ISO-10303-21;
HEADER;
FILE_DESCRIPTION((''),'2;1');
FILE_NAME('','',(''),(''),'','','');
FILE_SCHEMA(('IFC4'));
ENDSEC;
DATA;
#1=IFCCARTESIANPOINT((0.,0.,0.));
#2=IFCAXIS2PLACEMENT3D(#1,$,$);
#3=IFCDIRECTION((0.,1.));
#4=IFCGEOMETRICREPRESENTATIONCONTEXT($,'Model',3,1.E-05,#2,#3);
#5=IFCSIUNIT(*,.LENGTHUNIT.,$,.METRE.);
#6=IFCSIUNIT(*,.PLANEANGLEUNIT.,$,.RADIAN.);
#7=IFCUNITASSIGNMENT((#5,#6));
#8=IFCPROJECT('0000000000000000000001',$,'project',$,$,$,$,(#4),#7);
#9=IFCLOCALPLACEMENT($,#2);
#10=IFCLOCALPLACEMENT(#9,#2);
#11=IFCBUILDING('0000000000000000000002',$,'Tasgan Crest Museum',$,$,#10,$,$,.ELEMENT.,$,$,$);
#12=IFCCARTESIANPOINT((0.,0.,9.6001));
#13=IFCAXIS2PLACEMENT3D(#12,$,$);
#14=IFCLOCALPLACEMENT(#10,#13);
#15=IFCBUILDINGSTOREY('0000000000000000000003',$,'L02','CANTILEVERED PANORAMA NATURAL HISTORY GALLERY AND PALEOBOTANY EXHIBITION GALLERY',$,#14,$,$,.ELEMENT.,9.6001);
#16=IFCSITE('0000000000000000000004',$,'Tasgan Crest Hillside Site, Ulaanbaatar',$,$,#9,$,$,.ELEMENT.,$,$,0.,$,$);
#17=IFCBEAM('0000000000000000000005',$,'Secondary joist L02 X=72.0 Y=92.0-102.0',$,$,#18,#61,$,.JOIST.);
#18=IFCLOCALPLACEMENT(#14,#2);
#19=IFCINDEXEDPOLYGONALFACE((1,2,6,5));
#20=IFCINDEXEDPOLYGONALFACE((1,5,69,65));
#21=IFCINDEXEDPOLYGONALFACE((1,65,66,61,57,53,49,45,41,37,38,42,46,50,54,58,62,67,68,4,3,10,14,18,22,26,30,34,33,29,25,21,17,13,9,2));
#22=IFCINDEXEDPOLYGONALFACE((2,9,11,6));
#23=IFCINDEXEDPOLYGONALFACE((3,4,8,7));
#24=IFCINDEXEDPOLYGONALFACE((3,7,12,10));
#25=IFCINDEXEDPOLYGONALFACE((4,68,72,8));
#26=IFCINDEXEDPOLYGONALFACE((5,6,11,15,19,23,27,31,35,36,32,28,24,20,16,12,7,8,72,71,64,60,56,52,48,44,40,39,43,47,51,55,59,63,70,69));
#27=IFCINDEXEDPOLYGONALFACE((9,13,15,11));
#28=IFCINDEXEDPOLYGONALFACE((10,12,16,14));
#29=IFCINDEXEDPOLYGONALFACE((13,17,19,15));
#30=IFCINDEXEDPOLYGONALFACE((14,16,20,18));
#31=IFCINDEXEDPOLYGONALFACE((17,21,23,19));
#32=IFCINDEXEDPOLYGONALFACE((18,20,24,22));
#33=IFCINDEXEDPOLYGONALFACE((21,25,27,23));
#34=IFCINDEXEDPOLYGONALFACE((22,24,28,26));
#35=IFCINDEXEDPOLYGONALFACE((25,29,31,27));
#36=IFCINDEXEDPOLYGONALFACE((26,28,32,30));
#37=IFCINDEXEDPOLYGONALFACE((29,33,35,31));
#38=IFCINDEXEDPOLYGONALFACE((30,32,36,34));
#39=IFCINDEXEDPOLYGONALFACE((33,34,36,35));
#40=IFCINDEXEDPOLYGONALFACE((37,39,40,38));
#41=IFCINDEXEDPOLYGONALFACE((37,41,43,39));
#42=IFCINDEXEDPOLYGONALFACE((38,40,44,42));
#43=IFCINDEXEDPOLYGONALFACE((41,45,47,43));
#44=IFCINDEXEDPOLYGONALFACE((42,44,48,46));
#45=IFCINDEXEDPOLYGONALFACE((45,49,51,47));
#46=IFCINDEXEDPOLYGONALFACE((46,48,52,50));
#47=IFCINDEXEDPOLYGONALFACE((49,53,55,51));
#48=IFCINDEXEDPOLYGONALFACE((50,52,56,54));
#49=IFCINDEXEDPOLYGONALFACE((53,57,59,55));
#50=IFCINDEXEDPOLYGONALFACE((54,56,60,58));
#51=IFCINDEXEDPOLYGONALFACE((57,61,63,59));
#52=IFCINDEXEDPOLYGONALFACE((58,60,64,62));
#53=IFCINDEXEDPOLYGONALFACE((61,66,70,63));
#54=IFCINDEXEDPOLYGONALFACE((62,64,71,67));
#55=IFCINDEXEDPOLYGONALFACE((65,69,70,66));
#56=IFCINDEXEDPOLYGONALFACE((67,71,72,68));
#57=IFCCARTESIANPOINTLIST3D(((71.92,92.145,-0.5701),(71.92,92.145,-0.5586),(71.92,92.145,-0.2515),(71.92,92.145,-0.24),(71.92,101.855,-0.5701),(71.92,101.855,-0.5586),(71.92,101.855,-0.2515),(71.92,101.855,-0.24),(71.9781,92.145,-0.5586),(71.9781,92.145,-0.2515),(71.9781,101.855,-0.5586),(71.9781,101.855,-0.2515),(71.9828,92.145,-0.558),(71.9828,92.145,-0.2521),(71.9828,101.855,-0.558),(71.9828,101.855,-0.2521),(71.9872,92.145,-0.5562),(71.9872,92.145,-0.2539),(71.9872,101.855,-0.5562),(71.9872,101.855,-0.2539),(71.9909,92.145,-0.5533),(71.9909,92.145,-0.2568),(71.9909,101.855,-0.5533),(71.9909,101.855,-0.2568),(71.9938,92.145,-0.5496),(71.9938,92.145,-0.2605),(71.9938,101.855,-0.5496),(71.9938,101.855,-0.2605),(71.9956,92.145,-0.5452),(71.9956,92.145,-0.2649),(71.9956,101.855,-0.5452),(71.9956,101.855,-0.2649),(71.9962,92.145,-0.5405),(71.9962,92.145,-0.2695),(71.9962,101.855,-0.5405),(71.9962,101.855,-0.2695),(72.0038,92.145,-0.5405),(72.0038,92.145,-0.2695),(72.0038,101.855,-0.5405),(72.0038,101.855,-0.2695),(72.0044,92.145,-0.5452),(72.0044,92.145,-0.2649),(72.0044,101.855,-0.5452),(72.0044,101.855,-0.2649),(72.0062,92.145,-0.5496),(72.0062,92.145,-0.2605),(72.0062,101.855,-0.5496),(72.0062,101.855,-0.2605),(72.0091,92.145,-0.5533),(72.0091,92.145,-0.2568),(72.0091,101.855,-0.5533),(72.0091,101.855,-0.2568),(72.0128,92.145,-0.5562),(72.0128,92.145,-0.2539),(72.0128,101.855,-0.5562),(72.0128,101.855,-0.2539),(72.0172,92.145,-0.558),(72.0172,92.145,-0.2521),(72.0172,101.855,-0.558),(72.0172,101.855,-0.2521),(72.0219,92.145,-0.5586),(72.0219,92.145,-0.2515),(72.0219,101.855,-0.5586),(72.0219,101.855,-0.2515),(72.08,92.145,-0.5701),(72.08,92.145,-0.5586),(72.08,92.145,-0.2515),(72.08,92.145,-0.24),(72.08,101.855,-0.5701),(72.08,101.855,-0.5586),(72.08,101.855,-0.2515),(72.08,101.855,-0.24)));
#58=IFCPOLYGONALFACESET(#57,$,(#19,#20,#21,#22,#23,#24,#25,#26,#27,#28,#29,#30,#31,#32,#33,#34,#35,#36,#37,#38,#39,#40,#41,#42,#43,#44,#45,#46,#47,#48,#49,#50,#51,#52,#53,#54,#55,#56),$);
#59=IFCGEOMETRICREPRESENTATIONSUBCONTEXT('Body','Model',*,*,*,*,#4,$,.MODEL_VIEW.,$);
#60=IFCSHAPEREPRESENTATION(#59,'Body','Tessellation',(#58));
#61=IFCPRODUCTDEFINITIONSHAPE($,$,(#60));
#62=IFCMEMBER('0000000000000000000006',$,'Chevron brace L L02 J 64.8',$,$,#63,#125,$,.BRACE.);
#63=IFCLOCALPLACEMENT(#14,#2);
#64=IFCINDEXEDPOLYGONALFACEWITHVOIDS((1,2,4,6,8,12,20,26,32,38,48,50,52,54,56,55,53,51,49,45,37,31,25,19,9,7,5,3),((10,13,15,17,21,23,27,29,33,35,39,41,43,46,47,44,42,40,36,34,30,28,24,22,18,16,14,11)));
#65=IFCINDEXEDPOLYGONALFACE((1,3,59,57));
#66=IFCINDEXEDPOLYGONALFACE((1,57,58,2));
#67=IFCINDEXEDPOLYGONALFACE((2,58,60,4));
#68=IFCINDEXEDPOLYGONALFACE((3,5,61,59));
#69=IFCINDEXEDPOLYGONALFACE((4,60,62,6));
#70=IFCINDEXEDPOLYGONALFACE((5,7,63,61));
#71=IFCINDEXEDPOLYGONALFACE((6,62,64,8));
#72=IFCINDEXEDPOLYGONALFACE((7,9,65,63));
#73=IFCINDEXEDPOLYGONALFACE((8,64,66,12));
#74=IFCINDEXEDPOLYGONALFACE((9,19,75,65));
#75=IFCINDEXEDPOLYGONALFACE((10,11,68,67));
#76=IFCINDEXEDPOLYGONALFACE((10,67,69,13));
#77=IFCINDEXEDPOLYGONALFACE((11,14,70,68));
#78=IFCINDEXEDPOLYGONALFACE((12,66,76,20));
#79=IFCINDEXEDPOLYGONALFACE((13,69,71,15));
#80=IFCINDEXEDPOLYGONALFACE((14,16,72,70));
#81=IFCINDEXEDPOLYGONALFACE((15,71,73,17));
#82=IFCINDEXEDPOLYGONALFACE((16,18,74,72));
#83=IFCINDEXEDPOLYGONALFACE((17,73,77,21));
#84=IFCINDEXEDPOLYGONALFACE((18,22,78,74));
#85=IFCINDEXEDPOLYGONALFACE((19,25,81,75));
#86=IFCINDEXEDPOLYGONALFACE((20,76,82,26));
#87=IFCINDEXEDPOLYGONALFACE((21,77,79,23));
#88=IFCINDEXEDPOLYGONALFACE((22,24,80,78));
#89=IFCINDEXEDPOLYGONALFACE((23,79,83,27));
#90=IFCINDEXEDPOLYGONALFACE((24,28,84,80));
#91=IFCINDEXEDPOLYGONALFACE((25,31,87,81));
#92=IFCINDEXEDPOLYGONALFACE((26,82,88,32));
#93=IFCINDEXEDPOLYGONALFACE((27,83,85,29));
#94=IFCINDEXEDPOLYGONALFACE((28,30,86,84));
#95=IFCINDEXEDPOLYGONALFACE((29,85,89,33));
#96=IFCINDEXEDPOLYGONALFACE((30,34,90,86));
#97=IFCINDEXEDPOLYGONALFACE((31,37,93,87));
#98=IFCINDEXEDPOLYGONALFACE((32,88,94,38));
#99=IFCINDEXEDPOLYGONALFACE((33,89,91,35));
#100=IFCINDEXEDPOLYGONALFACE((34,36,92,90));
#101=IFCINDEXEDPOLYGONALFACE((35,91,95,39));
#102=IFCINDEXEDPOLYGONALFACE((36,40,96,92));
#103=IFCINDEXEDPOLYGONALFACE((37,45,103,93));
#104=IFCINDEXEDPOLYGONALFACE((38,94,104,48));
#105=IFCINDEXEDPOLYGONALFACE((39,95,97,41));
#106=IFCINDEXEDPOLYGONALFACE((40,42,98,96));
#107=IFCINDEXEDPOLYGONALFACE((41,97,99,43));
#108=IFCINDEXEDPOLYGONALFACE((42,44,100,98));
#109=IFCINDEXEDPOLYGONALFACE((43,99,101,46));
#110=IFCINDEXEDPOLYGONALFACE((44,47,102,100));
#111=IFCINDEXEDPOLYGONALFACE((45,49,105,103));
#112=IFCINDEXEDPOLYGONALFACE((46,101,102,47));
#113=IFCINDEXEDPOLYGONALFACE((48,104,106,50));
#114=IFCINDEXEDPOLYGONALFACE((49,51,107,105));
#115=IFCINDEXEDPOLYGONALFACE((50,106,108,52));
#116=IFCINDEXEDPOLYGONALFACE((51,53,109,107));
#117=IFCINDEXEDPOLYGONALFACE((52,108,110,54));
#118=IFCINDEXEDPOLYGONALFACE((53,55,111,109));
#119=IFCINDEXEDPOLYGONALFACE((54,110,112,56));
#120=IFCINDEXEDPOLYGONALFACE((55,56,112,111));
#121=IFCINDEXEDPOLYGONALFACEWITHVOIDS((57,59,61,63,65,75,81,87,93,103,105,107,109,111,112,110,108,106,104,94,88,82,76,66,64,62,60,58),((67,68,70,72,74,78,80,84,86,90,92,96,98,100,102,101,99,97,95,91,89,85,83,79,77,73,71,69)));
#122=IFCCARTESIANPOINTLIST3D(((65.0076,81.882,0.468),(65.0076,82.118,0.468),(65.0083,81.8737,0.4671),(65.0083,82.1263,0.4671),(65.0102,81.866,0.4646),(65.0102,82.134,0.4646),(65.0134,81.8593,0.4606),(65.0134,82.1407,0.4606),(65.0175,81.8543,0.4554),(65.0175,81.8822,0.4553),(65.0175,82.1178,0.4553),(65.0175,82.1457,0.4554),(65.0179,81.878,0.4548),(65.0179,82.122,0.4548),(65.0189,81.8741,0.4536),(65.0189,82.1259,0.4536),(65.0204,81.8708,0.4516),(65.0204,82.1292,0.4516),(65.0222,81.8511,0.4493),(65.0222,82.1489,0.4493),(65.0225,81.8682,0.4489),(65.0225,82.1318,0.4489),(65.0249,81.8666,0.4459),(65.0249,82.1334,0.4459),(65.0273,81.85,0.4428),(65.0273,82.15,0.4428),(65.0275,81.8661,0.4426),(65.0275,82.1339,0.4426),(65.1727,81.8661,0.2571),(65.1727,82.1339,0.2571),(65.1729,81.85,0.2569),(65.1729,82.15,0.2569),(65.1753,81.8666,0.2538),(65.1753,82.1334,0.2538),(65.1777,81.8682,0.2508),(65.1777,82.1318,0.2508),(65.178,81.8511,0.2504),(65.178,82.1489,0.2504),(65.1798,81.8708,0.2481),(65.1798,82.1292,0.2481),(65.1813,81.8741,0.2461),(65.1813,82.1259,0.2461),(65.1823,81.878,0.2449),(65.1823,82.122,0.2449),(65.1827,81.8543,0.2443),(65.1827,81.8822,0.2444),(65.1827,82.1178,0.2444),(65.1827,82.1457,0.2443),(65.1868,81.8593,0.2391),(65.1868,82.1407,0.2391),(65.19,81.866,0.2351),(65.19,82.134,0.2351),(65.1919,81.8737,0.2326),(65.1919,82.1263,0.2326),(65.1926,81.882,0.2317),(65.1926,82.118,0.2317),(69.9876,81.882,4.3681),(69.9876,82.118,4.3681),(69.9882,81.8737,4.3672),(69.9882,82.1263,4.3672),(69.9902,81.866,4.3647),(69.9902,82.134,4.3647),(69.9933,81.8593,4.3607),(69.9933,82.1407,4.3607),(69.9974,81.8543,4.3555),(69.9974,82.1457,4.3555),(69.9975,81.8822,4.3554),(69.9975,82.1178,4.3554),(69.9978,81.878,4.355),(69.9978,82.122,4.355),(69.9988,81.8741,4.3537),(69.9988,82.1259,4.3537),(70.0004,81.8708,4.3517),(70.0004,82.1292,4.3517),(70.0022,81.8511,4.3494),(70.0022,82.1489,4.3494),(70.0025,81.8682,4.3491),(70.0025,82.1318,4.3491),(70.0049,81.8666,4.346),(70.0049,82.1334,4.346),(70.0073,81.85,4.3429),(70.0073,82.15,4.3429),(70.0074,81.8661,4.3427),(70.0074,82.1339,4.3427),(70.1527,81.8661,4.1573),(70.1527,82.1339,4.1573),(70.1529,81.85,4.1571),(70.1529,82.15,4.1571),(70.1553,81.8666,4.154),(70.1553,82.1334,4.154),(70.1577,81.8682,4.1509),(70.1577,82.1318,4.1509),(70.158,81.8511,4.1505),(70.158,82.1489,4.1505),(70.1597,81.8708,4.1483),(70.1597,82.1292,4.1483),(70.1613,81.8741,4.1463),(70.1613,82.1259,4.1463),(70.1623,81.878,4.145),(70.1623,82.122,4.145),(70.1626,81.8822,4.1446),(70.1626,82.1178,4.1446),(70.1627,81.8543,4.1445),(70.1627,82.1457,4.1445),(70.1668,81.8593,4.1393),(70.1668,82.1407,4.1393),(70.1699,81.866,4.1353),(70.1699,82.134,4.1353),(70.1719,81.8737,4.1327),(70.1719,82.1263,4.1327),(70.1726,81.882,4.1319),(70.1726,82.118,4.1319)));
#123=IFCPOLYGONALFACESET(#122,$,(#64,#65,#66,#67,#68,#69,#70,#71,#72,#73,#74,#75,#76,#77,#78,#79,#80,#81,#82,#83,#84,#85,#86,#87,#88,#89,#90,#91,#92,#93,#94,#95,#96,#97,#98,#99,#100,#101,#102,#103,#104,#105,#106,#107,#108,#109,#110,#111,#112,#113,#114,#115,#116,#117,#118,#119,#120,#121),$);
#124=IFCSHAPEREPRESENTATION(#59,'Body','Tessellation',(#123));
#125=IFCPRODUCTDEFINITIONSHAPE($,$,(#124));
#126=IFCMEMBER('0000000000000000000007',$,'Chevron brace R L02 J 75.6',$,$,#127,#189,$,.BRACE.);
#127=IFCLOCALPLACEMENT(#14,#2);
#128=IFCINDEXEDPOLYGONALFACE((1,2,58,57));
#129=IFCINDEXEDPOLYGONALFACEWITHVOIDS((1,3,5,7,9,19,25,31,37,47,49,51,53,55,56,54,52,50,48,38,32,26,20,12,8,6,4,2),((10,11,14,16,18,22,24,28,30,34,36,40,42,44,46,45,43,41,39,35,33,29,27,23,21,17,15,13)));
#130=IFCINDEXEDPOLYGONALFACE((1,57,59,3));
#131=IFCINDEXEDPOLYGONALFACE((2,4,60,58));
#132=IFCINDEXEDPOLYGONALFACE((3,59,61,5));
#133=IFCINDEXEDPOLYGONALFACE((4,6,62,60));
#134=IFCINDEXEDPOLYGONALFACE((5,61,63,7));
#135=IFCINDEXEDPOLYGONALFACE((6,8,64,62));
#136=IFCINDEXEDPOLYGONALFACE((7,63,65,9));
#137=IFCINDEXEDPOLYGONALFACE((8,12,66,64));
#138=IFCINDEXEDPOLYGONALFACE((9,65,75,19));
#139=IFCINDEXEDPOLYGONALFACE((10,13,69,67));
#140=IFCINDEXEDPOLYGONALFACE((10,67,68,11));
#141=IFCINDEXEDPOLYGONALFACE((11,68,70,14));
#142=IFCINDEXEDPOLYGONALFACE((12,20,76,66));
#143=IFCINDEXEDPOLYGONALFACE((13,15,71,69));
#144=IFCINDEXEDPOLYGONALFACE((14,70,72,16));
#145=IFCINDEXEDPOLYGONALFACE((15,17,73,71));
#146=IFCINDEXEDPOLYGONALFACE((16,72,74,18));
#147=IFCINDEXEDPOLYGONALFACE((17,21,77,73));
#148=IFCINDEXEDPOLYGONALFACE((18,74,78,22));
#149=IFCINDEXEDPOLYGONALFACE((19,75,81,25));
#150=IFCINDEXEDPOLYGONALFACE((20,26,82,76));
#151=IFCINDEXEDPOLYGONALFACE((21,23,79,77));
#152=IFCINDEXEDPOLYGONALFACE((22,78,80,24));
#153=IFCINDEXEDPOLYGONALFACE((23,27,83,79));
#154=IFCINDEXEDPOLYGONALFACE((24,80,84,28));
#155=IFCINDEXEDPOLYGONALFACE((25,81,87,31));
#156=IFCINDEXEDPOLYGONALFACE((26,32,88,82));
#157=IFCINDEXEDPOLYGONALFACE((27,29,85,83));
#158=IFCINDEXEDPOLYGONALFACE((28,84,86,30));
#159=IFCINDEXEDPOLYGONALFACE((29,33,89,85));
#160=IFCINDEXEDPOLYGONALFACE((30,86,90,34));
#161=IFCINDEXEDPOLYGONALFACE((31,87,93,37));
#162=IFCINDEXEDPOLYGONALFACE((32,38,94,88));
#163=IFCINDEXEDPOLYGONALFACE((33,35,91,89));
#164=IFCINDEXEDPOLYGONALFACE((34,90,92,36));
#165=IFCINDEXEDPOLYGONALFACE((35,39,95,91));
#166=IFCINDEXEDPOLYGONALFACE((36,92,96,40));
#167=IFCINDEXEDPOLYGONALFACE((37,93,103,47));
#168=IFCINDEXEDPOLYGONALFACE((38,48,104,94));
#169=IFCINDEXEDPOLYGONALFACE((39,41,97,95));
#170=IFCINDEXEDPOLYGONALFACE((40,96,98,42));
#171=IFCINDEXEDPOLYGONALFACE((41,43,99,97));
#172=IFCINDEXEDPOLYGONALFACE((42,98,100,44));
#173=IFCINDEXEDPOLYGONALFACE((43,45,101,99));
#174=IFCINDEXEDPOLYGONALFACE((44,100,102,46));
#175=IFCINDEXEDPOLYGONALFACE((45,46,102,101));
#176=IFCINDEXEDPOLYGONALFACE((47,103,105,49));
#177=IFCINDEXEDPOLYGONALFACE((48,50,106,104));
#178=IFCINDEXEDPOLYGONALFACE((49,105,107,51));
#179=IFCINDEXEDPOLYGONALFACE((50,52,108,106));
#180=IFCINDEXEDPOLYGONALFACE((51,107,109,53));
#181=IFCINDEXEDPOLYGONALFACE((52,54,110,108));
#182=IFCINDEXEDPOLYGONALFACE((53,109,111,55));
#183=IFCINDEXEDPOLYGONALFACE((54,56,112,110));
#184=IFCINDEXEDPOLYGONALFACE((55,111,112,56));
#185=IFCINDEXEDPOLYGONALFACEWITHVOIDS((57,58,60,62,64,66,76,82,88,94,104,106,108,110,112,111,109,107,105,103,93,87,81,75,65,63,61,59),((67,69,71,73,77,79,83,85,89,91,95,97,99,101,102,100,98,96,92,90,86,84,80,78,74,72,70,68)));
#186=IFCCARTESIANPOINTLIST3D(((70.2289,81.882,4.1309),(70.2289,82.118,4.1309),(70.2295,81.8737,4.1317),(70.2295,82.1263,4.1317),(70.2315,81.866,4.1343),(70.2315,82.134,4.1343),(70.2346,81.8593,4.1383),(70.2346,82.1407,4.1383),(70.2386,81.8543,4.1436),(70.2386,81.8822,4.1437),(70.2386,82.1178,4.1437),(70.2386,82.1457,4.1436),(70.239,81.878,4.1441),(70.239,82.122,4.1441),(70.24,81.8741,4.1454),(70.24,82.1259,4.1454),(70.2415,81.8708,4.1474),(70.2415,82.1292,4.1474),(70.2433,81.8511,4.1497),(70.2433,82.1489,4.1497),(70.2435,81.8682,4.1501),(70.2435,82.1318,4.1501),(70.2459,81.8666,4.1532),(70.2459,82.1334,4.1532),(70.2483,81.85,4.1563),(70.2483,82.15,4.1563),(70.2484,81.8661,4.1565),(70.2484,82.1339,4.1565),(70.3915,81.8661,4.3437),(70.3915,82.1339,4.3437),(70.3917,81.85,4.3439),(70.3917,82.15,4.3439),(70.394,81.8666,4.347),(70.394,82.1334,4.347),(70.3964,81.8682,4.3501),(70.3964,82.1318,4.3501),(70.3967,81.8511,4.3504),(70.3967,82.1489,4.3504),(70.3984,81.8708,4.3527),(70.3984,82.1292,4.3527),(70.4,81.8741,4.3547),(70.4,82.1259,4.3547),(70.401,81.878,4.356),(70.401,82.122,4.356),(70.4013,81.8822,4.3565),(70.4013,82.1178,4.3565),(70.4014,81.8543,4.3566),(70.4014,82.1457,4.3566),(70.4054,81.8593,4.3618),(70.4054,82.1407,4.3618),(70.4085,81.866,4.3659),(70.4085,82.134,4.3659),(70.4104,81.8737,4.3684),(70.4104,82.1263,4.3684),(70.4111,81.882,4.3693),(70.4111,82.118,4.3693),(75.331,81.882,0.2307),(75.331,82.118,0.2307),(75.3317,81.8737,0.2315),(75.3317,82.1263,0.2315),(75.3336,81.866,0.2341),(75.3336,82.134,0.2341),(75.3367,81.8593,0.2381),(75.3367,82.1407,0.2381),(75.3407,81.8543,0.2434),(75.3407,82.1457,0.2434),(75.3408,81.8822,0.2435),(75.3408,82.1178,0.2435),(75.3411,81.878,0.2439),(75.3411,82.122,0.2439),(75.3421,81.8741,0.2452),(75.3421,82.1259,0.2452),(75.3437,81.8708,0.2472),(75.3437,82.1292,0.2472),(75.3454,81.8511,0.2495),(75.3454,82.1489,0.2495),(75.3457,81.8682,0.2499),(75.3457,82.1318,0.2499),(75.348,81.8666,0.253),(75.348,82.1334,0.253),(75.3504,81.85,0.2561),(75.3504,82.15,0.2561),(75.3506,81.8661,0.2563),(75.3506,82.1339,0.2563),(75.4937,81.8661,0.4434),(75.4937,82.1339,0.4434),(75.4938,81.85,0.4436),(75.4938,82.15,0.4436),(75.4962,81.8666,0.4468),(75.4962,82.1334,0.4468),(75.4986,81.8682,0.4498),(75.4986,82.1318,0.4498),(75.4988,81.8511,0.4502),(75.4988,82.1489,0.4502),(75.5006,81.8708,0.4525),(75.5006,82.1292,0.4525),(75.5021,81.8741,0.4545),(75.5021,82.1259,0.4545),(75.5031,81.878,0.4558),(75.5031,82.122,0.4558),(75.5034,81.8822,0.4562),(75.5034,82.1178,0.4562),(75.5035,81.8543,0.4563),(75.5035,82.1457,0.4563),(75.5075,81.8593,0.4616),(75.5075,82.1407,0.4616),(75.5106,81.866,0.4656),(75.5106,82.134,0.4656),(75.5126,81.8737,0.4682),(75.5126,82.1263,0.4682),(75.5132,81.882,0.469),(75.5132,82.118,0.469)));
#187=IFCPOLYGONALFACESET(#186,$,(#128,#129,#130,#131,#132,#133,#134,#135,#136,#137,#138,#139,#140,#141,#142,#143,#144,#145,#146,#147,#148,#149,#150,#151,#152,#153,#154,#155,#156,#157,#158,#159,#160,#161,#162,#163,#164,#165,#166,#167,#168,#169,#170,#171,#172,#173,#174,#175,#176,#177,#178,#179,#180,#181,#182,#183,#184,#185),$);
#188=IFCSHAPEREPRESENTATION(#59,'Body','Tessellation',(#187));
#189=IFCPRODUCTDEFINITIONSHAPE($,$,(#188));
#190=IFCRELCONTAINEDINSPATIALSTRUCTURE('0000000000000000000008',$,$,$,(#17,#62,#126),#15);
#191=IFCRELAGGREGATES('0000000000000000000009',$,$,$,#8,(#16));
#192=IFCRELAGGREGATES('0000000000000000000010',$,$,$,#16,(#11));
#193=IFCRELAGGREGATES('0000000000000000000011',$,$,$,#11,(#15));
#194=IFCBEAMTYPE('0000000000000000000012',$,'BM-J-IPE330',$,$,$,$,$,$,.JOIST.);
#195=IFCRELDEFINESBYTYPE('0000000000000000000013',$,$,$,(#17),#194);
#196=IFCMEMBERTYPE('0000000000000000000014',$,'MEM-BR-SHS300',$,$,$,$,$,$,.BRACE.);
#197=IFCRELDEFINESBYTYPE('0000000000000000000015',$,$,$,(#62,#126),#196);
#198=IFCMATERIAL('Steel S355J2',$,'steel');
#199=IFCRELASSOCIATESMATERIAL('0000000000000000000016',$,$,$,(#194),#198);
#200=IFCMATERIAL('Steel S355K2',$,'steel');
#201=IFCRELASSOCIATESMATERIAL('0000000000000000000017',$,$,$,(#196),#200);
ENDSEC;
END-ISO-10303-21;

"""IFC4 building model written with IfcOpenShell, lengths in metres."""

from ifc_helpers import new_model, si_unit, direction, frame, origin, origin_2d, place, context, subcontext, project, spatial, hollow_rectangle, i_section, extrude, material, material_profile, profile_set, type_object, element, save


model = new_model("IFC4")

# Units and contexts
model_context = context("Model", 3, precision=1e-05, world=origin(), true_north=direction((0.0, 1.0)))
body_context = subcontext(model_context, "Body", "Model", "MODEL_VIEW")
ifc_project = project(units=[si_unit("LENGTHUNIT", "METRE"), si_unit("PLANEANGLEUNIT", "RADIAN")], contexts=[model_context])

# Site, building, storey
site_placement = place(None, origin())
site = spatial("IfcSite", under=ifc_project, at=site_placement, Name="Tasgan Crest Hillside Site, Ulaanbaatar", CompositionType="ELEMENT", RefElevation=0.0)
building_placement = place(site_placement, origin())
building = spatial("IfcBuilding", under=site, at=building_placement, Name="Tasgan Crest Museum", CompositionType="ELEMENT")
storey_placement = place(building_placement, frame((0.0, 0.0, 9.6001)))
storey = spatial("IfcBuildingStorey", under=building, at=storey_placement, Name="L02", Description="CANTILEVERED PANORAMA NATURAL HISTORY GALLERY AND PALEOBOTANY EXHIBITION GALLERY", CompositionType="ELEMENT", Elevation=9.6001)

# Beam
ifc_material_1 = material(Name="Steel S355J2", Category="steel")
ifc_material_profile_1 = material_profile(ifc_material_1, i_section(OverallWidth=0.1599, OverallDepth=0.3301, WebThickness=0.0076, FlangeThickness=0.0115, FilletRadius=0.0181, at=origin_2d()), Name="IPE 330")
ifc_profile_set_1 = profile_set([ifc_material_profile_1], Name="Steel S355J2")
beam_type_1 = type_object("IfcBeamType", Name="BM-J-IPE330", PredefinedType="JOIST", material=ifc_profile_set_1)
for number, where, z_axis, x_axis, name in (
    (1, (72.0, 92.145, -0.405), (0.0, 1.0, 0.0), (-1.0, 0.0, 0.0), "Secondary joist L02 X=72.0 Y=92.0-102.0"),
):
    element("IfcBeam", number, at=place(storey_placement, frame(where, z_axis=z_axis, x_axis=x_axis)), inside=storey, type_object=beam_type_1, Name=name, PredefinedType="JOIST", context=body_context, shape_type="SweptSolid", body=[
        extrude(i_section(OverallWidth=0.1599, OverallDepth=0.3301, WebThickness=0.0076, FlangeThickness=0.0115, FilletRadius=0.0181, at=origin_2d()), origin(), (0.0, 0.0, 1.0), 9.71),
    ])

# Members
ifc_material_2 = material(Name="Steel S355K2", Category="steel")
ifc_material_profile_2 = material_profile(ifc_material_2, hollow_rectangle(XDim=0.3, YDim=0.3, WallThickness=0.0161, InnerFilletRadius=0.0161, OuterFilletRadius=0.032, at=origin_2d()), Name="SHS 300x300x16")
ifc_profile_set_2 = profile_set([ifc_material_profile_2], Name="Steel S355K2")
member_type = type_object("IfcMemberType", Name="MEM-BR-SHS300", PredefinedType="BRACE", material=ifc_profile_set_2)
member_1_placement = place(storey_placement, frame((65.1001, 82.0, 0.3499), z_axis=(0.787292, 0.0, 0.61658), x_axis=(0.0, 1.0, 0.0)))
element("IfcMember", 2, at=member_1_placement, inside=storey, type_object=member_type, Name="Chevron brace L L02 J 64.8", PredefinedType="BRACE", context=body_context, shape_type="SweptSolid", body=[
    extrude(hollow_rectangle(XDim=0.3, YDim=0.3, WallThickness=0.0161, InnerFilletRadius=0.0161, OuterFilletRadius=0.032, at=origin_2d()), origin(), (0.0, 0.0, 1.0), 6.3254),
])
member_2_placement = place(storey_placement, frame((75.4221, 82.0, 0.3499), z_axis=(-0.794465, 0.0, 0.60731), x_axis=(0.0, -1.0, 0.0)))
element("IfcMember", 3, at=member_2_placement, inside=storey, type_object=member_type, Name="Chevron brace R L02 J 75.6", PredefinedType="BRACE", context=body_context, shape_type="SweptSolid", body=[
    extrude(hollow_rectangle(XDim=0.3, YDim=0.3, WallThickness=0.0161, InnerFilletRadius=0.0161, OuterFilletRadius=0.032, at=origin_2d()), origin(), (0.0, 0.0, 1.0), 6.4221),
])

save(model, "model.ifc")
